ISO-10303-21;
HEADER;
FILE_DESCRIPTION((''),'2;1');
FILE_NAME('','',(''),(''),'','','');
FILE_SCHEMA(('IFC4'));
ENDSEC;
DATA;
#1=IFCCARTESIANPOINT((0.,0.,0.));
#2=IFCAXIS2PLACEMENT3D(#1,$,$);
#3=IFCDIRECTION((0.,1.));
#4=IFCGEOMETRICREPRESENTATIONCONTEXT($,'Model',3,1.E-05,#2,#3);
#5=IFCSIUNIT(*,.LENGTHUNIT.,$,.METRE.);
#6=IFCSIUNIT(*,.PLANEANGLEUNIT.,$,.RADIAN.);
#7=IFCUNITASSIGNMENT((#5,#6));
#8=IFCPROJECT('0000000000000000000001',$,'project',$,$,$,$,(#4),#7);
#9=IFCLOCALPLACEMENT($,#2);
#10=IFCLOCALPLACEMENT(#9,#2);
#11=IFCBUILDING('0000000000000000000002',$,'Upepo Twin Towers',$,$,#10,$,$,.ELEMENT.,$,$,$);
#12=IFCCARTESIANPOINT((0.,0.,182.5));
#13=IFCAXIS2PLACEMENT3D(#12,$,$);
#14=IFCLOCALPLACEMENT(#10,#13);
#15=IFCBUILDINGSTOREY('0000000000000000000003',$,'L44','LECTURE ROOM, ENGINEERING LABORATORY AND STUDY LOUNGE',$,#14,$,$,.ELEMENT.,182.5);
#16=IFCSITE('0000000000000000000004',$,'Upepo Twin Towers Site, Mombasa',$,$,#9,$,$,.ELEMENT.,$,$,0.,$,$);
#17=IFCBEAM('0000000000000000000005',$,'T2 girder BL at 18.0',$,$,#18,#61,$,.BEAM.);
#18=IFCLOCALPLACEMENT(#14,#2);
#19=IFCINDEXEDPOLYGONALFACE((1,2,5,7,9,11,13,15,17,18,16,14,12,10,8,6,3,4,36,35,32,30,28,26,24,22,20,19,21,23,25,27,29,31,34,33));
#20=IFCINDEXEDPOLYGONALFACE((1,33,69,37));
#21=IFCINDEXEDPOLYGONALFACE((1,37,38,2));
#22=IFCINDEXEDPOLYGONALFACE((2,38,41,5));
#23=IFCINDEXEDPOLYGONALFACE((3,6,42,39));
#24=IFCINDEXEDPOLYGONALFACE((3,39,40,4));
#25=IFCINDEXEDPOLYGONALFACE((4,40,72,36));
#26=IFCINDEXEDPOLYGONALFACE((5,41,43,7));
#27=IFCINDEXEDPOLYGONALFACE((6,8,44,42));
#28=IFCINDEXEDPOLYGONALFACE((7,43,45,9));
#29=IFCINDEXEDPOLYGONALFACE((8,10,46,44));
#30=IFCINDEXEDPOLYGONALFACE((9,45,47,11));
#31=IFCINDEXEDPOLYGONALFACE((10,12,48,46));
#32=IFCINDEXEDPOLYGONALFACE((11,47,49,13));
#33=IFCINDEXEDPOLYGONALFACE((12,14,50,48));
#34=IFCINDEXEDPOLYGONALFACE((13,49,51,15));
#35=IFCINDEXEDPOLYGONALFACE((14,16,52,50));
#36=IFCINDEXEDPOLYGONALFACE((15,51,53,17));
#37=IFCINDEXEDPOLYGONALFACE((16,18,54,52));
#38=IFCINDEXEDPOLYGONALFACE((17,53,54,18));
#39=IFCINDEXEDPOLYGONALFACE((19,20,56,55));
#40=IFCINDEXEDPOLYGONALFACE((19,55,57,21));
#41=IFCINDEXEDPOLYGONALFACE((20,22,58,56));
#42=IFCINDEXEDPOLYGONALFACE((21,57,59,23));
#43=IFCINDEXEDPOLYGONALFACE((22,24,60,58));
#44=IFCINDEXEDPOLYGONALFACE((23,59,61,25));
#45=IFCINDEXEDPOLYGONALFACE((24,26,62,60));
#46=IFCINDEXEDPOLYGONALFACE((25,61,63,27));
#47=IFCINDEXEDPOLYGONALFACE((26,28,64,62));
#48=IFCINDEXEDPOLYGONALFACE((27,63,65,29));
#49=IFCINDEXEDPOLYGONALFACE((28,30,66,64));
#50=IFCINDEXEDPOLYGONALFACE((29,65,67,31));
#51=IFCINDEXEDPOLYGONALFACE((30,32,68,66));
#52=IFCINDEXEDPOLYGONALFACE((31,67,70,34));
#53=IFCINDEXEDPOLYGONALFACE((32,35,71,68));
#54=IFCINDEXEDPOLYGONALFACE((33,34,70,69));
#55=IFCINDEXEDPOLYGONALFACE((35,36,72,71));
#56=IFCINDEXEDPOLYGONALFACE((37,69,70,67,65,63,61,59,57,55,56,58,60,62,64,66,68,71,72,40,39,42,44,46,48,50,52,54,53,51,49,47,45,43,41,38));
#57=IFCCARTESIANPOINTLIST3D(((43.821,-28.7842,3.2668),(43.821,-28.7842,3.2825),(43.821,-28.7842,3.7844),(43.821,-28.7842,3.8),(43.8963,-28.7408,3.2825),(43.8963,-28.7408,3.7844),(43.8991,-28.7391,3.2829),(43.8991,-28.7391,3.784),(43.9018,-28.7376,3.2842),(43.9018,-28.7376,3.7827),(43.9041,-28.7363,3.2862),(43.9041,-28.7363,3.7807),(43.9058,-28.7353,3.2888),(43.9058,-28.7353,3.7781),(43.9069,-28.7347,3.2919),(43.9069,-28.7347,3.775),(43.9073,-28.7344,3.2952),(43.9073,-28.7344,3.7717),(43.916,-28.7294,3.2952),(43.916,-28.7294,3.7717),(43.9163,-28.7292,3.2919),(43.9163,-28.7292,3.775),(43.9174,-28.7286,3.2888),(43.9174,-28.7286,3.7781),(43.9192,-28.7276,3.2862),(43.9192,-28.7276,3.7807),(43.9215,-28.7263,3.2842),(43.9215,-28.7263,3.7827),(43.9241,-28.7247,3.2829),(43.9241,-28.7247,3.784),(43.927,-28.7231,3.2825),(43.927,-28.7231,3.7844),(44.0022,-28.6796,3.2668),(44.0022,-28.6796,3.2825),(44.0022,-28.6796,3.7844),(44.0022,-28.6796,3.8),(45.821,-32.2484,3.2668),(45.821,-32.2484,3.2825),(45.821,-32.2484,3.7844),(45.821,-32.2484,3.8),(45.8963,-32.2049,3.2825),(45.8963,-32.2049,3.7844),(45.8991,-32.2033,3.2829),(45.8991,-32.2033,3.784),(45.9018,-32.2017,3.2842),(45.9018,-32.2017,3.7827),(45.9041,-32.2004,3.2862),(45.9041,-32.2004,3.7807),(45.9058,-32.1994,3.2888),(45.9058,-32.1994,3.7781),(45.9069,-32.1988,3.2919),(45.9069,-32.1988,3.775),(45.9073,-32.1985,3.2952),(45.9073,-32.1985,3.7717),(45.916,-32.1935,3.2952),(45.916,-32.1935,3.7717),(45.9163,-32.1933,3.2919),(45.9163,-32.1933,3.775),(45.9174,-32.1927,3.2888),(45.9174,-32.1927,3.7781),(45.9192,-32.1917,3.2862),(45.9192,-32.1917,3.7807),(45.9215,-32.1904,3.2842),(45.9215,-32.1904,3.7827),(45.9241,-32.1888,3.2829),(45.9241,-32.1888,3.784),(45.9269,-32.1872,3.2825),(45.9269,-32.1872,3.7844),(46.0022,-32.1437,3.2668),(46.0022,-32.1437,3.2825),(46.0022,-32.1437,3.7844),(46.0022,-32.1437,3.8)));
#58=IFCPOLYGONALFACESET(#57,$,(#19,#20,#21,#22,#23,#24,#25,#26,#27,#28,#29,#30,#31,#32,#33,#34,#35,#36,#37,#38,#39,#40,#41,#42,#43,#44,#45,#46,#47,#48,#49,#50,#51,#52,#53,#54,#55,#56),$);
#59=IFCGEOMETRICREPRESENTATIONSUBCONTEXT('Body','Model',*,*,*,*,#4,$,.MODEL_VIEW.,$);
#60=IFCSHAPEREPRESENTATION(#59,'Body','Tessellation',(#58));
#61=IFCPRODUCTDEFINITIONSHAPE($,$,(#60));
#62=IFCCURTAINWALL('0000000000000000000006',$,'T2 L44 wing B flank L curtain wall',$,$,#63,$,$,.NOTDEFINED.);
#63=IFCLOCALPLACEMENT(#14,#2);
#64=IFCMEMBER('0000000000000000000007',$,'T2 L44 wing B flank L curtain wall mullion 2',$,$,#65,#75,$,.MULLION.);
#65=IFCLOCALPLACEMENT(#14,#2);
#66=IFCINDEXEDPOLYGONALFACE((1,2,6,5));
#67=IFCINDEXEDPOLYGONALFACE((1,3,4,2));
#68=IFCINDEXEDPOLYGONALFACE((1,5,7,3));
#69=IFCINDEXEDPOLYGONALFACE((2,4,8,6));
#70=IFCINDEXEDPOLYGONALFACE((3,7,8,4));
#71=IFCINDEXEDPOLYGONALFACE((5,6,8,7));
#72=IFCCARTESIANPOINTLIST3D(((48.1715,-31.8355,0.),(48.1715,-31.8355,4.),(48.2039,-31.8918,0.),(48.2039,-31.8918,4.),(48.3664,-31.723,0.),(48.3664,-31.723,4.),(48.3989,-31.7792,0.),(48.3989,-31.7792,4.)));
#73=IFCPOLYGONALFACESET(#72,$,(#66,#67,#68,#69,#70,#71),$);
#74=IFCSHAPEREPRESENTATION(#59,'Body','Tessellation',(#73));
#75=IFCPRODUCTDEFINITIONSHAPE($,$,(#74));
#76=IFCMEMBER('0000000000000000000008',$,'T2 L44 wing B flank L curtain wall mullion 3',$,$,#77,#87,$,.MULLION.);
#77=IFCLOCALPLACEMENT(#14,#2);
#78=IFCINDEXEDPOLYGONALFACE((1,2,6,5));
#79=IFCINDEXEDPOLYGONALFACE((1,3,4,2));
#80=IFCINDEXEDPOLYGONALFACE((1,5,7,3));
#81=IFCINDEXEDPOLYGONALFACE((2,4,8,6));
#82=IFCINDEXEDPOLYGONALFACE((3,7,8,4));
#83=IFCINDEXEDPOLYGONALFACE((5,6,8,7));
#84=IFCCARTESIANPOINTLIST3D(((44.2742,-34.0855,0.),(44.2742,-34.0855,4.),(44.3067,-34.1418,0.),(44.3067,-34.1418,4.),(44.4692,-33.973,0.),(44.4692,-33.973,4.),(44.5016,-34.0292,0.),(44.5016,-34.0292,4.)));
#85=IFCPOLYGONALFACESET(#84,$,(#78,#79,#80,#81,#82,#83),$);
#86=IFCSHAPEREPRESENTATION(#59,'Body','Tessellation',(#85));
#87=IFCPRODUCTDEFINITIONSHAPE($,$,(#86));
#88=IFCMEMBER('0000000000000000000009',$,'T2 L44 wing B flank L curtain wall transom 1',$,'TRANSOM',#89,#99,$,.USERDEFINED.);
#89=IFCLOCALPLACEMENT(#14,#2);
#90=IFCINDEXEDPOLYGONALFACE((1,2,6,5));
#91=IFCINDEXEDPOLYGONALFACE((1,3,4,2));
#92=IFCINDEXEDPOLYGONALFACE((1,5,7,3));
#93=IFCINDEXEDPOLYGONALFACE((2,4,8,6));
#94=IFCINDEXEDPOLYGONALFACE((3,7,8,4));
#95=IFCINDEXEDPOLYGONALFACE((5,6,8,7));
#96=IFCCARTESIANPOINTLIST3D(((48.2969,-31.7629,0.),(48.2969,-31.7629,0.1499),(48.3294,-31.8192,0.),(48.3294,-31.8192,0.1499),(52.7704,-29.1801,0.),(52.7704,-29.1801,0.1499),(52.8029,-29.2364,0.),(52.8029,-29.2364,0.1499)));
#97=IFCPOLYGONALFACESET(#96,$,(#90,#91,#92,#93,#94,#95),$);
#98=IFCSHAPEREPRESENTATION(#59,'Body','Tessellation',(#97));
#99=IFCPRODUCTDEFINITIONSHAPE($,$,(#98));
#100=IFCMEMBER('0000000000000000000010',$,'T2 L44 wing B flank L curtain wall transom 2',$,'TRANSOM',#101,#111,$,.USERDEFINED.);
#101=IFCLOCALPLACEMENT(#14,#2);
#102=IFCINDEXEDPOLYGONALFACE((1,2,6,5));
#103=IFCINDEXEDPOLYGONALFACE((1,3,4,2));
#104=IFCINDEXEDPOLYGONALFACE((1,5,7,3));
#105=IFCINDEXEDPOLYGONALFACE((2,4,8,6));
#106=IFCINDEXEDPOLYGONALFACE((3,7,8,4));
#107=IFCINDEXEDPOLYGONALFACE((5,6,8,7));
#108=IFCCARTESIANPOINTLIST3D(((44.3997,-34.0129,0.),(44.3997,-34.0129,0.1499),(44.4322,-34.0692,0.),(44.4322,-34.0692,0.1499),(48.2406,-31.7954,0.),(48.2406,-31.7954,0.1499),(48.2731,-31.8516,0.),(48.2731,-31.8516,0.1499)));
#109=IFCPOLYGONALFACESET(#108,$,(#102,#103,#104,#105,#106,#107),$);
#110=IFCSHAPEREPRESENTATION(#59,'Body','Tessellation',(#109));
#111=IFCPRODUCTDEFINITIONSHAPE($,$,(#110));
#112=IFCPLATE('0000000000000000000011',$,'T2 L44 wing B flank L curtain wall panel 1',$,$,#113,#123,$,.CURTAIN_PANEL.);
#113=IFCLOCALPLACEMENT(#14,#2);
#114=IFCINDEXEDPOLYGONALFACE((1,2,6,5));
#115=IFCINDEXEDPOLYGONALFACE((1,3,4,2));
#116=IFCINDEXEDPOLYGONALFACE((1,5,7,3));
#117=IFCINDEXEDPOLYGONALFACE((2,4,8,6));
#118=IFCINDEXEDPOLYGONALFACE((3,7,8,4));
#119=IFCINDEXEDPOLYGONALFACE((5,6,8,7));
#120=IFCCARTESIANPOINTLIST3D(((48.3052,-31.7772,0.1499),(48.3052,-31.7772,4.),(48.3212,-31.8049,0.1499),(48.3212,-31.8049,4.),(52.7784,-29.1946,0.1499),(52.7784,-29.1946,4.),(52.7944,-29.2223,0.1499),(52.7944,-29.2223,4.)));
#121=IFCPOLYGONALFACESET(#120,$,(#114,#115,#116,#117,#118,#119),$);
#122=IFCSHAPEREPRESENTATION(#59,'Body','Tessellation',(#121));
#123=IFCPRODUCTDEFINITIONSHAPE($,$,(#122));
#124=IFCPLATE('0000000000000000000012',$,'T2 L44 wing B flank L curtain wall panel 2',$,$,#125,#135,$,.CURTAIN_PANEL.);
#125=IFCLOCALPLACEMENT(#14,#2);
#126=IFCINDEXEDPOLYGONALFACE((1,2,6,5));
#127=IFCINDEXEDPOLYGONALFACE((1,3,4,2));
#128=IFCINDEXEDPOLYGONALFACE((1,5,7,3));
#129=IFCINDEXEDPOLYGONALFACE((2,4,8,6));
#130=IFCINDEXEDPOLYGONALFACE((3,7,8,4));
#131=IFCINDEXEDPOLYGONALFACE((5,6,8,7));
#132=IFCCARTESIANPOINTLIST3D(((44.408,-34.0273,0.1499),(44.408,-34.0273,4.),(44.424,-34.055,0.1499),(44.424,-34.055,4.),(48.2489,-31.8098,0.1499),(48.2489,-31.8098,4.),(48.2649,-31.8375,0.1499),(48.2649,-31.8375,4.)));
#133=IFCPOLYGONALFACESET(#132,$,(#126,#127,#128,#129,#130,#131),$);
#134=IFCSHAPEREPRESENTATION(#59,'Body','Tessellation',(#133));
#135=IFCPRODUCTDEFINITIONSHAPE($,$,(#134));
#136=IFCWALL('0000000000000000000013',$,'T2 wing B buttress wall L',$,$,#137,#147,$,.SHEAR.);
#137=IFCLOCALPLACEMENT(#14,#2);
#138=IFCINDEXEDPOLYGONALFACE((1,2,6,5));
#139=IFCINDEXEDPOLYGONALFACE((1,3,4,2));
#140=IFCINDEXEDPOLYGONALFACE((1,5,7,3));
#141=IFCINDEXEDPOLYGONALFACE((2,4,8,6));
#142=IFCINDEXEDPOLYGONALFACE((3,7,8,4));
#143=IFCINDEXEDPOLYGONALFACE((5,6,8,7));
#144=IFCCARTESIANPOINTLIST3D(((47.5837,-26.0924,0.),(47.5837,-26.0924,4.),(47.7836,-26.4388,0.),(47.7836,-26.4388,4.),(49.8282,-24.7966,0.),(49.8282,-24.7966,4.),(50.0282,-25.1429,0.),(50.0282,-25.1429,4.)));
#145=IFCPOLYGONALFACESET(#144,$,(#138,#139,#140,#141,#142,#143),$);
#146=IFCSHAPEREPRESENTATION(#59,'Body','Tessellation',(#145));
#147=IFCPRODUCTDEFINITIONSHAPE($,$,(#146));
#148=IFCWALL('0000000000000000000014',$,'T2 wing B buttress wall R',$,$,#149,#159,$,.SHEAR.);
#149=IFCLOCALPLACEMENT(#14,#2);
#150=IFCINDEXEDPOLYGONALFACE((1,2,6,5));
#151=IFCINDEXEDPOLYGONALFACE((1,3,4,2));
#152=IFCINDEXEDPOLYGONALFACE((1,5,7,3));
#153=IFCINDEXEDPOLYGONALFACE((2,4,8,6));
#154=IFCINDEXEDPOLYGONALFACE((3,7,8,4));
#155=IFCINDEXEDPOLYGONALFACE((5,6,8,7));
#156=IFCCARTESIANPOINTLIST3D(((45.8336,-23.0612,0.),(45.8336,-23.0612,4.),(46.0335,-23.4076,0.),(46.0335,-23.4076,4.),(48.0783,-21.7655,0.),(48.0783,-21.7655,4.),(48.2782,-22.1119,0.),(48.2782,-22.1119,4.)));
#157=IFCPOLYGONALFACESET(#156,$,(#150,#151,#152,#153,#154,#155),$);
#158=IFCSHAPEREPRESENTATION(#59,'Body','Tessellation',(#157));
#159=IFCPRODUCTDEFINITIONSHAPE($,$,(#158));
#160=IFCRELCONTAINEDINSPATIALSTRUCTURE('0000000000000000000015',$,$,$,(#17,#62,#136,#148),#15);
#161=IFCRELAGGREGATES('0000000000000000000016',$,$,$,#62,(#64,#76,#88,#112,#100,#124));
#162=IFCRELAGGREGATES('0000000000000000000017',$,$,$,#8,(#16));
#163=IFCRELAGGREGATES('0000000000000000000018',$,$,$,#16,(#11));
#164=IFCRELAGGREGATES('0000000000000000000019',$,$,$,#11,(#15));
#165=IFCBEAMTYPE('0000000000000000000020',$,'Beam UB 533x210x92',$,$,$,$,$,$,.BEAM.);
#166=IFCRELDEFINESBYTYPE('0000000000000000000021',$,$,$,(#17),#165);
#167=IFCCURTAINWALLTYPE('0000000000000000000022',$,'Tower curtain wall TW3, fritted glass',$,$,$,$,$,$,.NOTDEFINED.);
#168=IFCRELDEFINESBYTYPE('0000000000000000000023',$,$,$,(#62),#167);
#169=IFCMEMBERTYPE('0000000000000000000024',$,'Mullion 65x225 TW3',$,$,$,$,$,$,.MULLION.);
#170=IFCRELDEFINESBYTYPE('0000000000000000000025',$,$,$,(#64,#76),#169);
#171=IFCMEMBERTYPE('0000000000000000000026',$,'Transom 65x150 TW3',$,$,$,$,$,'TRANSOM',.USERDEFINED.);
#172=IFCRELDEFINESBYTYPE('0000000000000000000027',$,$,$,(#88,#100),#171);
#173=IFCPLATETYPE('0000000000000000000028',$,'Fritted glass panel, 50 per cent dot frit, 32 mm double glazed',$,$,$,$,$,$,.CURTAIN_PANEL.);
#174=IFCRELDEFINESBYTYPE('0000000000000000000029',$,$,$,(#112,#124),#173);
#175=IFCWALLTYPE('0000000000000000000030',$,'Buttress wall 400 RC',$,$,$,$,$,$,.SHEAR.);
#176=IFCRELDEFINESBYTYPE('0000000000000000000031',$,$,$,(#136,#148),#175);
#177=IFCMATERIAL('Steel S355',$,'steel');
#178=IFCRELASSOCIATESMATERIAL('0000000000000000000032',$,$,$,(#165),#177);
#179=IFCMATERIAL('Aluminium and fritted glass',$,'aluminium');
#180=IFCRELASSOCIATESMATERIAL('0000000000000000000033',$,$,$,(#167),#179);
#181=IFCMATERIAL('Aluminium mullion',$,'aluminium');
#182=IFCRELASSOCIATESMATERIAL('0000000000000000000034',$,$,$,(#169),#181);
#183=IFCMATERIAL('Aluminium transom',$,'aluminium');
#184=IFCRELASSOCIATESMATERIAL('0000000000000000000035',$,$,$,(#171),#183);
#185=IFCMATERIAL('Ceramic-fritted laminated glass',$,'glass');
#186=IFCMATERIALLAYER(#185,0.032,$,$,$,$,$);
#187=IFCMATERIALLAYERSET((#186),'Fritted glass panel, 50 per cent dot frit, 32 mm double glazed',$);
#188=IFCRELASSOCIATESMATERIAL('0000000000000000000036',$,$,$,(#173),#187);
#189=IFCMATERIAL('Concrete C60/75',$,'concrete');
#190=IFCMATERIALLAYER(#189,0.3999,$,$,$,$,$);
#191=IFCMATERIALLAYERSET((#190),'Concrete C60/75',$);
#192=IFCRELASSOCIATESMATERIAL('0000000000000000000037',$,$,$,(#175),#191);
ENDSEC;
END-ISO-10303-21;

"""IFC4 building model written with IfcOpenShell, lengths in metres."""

from ifc_helpers import new_model, si_unit, direction, frame, frame_2d, origin, origin_2d, place, context, subcontext, project, spatial, rectangle, i_section, extrude, material, layer, layer_set, material_profile, profile_set, type_object, element, aggregate, save


model = new_model("IFC4")

# Units and contexts
model_context = context("Model", 3, precision=1e-05, world=origin(), true_north=direction((0.0, 1.0)))
body_context = subcontext(model_context, "Body", "Model", "MODEL_VIEW")
ifc_project = project(units=[si_unit("LENGTHUNIT", "METRE"), si_unit("PLANEANGLEUNIT", "RADIAN")], contexts=[model_context])

# Site, building, storey
site_placement = place(None, origin())
site = spatial("IfcSite", under=ifc_project, at=site_placement, Name="Upepo Twin Towers Site, Mombasa", CompositionType="ELEMENT", RefElevation=0.0)
building_placement = place(site_placement, origin())
building = spatial("IfcBuilding", under=site, at=building_placement, Name="Upepo Twin Towers", CompositionType="ELEMENT")
storey_placement = place(building_placement, frame((0.0, 0.0, 182.5)))
storey = spatial("IfcBuildingStorey", under=building, at=storey_placement, Name="L44", Description="LECTURE ROOM, ENGINEERING LABORATORY AND STUDY LOUNGE", CompositionType="ELEMENT", Elevation=182.5)

# Beam
ifc_material_1 = material(Name="Steel S355", Category="steel")
ifc_material_profile_1 = material_profile(ifc_material_1, i_section(OverallWidth=0.2092, OverallDepth=0.5332, WebThickness=0.01, FlangeThickness=0.0156, FilletRadius=0.0127, at=origin_2d()), Name="UB 533x210x92")
ifc_profile_set_1 = profile_set([ifc_material_profile_1], Name="Steel S355")
beam_type_1 = type_object("IfcBeamType", Name="Beam UB 533x210x92", PredefinedType="BEAM", material=ifc_profile_set_1)
for number, where, z_axis, x_axis, name in (
    (1, (45.9116, -32.196, 3.5334), (-0.499999, 0.866026, 0.0), (-0.866026, -0.499999, 0.0), "T2 girder BL at 18.0"),
):
    element("IfcBeam", number, at=place(storey_placement, frame(where, z_axis=z_axis, x_axis=x_axis)), inside=storey, type_object=beam_type_1, Name=name, PredefinedType="BEAM", context=body_context, shape_type="SweptSolid", body=[
        extrude(i_section(OverallWidth=0.2092, OverallDepth=0.5332, WebThickness=0.01, FlangeThickness=0.0156, FilletRadius=0.0127, at=origin_2d()), origin(), (0.0, 0.0, 1.0), 4.0),
    ])

# Curtain wall, members, plates
ifc_material_2 = material(Name="Aluminium and fritted glass", Category="aluminium")
curtain_wall_type = type_object("IfcCurtainWallType", Name="Tower curtain wall TW3, fritted glass", PredefinedType="NOTDEFINED", material=ifc_material_2)
curtain_wall_placement = place(storey_placement, origin())
curtain_wall = element("IfcCurtainWall", 2, at=curtain_wall_placement, inside=storey, type_object=curtain_wall_type, Name="T2 L44 wing B flank L curtain wall", PredefinedType="NOTDEFINED")
ifc_material_3 = material(Name="Aluminium mullion", Category="aluminium")
ifc_material_profile_2 = material_profile(ifc_material_3, rectangle(XDim=0.0649, YDim=0.2251, at=origin_2d()), Name="MULLION 65x225")
ifc_profile_set_2 = profile_set([ifc_material_profile_2], Name="Aluminium mullion")
member_type_1 = type_object("IfcMemberType", Name="Mullion 65x225 TW3", PredefinedType="MULLION", material=ifc_profile_set_2)
member_1_placement = place(storey_placement, frame((48.2852, -31.8074, 0.0), z_axis=(0.0, 0.0, 1.0), x_axis=(0.5, -0.866025, 0.0)))
member_1 = element("IfcMember", 3, at=member_1_placement, type_object=member_type_1, Name="T2 L44 wing B flank L curtain wall mullion 2", PredefinedType="MULLION", context=body_context, shape_type="SweptSolid", body=[
    extrude(rectangle(XDim=0.0649, YDim=0.2251, at=origin_2d()), origin(), (0.0, 0.0, 1.0), 4.0),
])
member_2_placement = place(storey_placement, frame((44.3879, -34.0574, 0.0), z_axis=(0.0, 0.0, 1.0), x_axis=(0.5, -0.866025, 0.0)))
member_2 = element("IfcMember", 4, at=member_2_placement, type_object=member_type_1, Name="T2 L44 wing B flank L curtain wall mullion 3", PredefinedType="MULLION", context=body_context, shape_type="SweptSolid", body=[
    extrude(rectangle(XDim=0.0649, YDim=0.2251, at=origin_2d()), origin(), (0.0, 0.0, 1.0), 4.0),
])
ifc_material_4 = material(Name="Aluminium transom", Category="aluminium")
ifc_material_profile_3 = material_profile(ifc_material_4, rectangle(XDim=0.0649, YDim=0.1499, at=origin_2d()), Name="TRANSOM 65x150")
ifc_profile_set_3 = profile_set([ifc_material_profile_3], Name="Aluminium transom")
member_type_2 = type_object("IfcMemberType", Name="Transom 65x150 TW3", ElementType="TRANSOM", PredefinedType="USERDEFINED", material=ifc_profile_set_3)
member_3_placement = place(storey_placement, frame((52.7866, -29.2083, 0.075), z_axis=(-0.866021, -0.500007, 0.0), x_axis=(0.500007, -0.866021, 0.0)))
member_3 = element("IfcMember", 5, at=member_3_placement, type_object=member_type_2, Name="T2 L44 wing B flank L curtain wall transom 1", ObjectType="TRANSOM", PredefinedType="USERDEFINED", context=body_context, shape_type="SweptSolid", body=[
    extrude(rectangle(XDim=0.0649, YDim=0.1499, at=origin_2d()), origin(), (0.0, 0.0, 1.0), 5.1655),
])
member_4_placement = place(storey_placement, frame((48.2568, -31.8235, 0.075), z_axis=(-0.866022, -0.500005, 0.0), x_axis=(0.500005, -0.866022, 0.0)))
member_4 = element("IfcMember", 6, at=member_4_placement, type_object=member_type_2, Name="T2 L44 wing B flank L curtain wall transom 2", ObjectType="TRANSOM", PredefinedType="USERDEFINED", context=body_context, shape_type="SweptSolid", body=[
    extrude(rectangle(XDim=0.0649, YDim=0.1499, at=origin_2d()), origin(), (0.0, 0.0, 1.0), 4.4351),
])
ifc_material_5 = material(Name="Ceramic-fritted laminated glass", Category="glass")
ifc_layer_1 = layer(ifc_material_5, 0.032)
ifc_layer_set_1 = layer_set([ifc_layer_1], Name="Fritted glass panel, 50 per cent dot frit, 32 mm double glazed")
plate_type = type_object("IfcPlateType", Name="Fritted glass panel, 50 per cent dot frit, 32 mm double glazed", PredefinedType="CURTAIN_PANEL", material=ifc_layer_set_1)
plate_1_placement = place(storey_placement, frame((50.5498, -30.4998, 0.1499), z_axis=(0.0, 0.0, 1.0), x_axis=(-0.866025, -0.5, 0.0)))
plate_1 = element("IfcPlate", 7, at=plate_1_placement, type_object=plate_type, Name="T2 L44 wing B flank L curtain wall panel 1", PredefinedType="CURTAIN_PANEL", context=body_context, shape_type="SweptSolid", body=[
    extrude(rectangle(XDim=5.1653, YDim=0.032, at=origin_2d()), origin(), (0.0, 0.0, 1.0), 3.8501),
])
plate_2_placement = place(storey_placement, frame((46.3364, -32.9324, 0.1499), z_axis=(0.0, 0.0, 1.0), x_axis=(-0.866025, -0.5, 0.0)))
plate_2 = element("IfcPlate", 8, at=plate_2_placement, type_object=plate_type, Name="T2 L44 wing B flank L curtain wall panel 2", PredefinedType="CURTAIN_PANEL", context=body_context, shape_type="SweptSolid", body=[
    extrude(rectangle(XDim=4.4351, YDim=0.032, at=origin_2d()), origin(), (0.0, 0.0, 1.0), 3.8501),
])
aggregate(curtain_wall, [member_1, member_2, member_3, plate_1, member_4, plate_2])

# Walls
ifc_material_6 = material(Name="Concrete C60/75", Category="concrete")
ifc_layer_2 = layer(ifc_material_6, 0.3999)
ifc_layer_set_2 = layer_set([ifc_layer_2], Name="Concrete C60/75")
wall_type_1 = type_object("IfcWallType", Name="Buttress wall 400 RC", PredefinedType="SHEAR", material=ifc_layer_set_2)
for number, where, z_axis, x_axis, name in (
    (9, (49.9282, -24.9697, 0.0), (0.0, 0.0, 1.0), (-0.866032, -0.499989, 0.0), "T2 wing B buttress wall L"),
    (10, (48.1782, -21.9387, 0.0), (0.0, 0.0, 1.0), (-0.866073, -0.499918, 0.0), "T2 wing B buttress wall R"),
):
    element("IfcWall", number, at=place(storey_placement, frame(where, z_axis=z_axis, x_axis=x_axis)), inside=storey, type_object=wall_type_1, Name=name, PredefinedType="SHEAR", context=body_context, shape_type="SweptSolid", body=[
        extrude(rectangle(XDim=2.5918, YDim=0.3999, at=frame_2d((1.2959, 0.0))), origin(), (0.0, 0.0, 1.0), 4.0),
    ])

save(model, "model.ifc")
